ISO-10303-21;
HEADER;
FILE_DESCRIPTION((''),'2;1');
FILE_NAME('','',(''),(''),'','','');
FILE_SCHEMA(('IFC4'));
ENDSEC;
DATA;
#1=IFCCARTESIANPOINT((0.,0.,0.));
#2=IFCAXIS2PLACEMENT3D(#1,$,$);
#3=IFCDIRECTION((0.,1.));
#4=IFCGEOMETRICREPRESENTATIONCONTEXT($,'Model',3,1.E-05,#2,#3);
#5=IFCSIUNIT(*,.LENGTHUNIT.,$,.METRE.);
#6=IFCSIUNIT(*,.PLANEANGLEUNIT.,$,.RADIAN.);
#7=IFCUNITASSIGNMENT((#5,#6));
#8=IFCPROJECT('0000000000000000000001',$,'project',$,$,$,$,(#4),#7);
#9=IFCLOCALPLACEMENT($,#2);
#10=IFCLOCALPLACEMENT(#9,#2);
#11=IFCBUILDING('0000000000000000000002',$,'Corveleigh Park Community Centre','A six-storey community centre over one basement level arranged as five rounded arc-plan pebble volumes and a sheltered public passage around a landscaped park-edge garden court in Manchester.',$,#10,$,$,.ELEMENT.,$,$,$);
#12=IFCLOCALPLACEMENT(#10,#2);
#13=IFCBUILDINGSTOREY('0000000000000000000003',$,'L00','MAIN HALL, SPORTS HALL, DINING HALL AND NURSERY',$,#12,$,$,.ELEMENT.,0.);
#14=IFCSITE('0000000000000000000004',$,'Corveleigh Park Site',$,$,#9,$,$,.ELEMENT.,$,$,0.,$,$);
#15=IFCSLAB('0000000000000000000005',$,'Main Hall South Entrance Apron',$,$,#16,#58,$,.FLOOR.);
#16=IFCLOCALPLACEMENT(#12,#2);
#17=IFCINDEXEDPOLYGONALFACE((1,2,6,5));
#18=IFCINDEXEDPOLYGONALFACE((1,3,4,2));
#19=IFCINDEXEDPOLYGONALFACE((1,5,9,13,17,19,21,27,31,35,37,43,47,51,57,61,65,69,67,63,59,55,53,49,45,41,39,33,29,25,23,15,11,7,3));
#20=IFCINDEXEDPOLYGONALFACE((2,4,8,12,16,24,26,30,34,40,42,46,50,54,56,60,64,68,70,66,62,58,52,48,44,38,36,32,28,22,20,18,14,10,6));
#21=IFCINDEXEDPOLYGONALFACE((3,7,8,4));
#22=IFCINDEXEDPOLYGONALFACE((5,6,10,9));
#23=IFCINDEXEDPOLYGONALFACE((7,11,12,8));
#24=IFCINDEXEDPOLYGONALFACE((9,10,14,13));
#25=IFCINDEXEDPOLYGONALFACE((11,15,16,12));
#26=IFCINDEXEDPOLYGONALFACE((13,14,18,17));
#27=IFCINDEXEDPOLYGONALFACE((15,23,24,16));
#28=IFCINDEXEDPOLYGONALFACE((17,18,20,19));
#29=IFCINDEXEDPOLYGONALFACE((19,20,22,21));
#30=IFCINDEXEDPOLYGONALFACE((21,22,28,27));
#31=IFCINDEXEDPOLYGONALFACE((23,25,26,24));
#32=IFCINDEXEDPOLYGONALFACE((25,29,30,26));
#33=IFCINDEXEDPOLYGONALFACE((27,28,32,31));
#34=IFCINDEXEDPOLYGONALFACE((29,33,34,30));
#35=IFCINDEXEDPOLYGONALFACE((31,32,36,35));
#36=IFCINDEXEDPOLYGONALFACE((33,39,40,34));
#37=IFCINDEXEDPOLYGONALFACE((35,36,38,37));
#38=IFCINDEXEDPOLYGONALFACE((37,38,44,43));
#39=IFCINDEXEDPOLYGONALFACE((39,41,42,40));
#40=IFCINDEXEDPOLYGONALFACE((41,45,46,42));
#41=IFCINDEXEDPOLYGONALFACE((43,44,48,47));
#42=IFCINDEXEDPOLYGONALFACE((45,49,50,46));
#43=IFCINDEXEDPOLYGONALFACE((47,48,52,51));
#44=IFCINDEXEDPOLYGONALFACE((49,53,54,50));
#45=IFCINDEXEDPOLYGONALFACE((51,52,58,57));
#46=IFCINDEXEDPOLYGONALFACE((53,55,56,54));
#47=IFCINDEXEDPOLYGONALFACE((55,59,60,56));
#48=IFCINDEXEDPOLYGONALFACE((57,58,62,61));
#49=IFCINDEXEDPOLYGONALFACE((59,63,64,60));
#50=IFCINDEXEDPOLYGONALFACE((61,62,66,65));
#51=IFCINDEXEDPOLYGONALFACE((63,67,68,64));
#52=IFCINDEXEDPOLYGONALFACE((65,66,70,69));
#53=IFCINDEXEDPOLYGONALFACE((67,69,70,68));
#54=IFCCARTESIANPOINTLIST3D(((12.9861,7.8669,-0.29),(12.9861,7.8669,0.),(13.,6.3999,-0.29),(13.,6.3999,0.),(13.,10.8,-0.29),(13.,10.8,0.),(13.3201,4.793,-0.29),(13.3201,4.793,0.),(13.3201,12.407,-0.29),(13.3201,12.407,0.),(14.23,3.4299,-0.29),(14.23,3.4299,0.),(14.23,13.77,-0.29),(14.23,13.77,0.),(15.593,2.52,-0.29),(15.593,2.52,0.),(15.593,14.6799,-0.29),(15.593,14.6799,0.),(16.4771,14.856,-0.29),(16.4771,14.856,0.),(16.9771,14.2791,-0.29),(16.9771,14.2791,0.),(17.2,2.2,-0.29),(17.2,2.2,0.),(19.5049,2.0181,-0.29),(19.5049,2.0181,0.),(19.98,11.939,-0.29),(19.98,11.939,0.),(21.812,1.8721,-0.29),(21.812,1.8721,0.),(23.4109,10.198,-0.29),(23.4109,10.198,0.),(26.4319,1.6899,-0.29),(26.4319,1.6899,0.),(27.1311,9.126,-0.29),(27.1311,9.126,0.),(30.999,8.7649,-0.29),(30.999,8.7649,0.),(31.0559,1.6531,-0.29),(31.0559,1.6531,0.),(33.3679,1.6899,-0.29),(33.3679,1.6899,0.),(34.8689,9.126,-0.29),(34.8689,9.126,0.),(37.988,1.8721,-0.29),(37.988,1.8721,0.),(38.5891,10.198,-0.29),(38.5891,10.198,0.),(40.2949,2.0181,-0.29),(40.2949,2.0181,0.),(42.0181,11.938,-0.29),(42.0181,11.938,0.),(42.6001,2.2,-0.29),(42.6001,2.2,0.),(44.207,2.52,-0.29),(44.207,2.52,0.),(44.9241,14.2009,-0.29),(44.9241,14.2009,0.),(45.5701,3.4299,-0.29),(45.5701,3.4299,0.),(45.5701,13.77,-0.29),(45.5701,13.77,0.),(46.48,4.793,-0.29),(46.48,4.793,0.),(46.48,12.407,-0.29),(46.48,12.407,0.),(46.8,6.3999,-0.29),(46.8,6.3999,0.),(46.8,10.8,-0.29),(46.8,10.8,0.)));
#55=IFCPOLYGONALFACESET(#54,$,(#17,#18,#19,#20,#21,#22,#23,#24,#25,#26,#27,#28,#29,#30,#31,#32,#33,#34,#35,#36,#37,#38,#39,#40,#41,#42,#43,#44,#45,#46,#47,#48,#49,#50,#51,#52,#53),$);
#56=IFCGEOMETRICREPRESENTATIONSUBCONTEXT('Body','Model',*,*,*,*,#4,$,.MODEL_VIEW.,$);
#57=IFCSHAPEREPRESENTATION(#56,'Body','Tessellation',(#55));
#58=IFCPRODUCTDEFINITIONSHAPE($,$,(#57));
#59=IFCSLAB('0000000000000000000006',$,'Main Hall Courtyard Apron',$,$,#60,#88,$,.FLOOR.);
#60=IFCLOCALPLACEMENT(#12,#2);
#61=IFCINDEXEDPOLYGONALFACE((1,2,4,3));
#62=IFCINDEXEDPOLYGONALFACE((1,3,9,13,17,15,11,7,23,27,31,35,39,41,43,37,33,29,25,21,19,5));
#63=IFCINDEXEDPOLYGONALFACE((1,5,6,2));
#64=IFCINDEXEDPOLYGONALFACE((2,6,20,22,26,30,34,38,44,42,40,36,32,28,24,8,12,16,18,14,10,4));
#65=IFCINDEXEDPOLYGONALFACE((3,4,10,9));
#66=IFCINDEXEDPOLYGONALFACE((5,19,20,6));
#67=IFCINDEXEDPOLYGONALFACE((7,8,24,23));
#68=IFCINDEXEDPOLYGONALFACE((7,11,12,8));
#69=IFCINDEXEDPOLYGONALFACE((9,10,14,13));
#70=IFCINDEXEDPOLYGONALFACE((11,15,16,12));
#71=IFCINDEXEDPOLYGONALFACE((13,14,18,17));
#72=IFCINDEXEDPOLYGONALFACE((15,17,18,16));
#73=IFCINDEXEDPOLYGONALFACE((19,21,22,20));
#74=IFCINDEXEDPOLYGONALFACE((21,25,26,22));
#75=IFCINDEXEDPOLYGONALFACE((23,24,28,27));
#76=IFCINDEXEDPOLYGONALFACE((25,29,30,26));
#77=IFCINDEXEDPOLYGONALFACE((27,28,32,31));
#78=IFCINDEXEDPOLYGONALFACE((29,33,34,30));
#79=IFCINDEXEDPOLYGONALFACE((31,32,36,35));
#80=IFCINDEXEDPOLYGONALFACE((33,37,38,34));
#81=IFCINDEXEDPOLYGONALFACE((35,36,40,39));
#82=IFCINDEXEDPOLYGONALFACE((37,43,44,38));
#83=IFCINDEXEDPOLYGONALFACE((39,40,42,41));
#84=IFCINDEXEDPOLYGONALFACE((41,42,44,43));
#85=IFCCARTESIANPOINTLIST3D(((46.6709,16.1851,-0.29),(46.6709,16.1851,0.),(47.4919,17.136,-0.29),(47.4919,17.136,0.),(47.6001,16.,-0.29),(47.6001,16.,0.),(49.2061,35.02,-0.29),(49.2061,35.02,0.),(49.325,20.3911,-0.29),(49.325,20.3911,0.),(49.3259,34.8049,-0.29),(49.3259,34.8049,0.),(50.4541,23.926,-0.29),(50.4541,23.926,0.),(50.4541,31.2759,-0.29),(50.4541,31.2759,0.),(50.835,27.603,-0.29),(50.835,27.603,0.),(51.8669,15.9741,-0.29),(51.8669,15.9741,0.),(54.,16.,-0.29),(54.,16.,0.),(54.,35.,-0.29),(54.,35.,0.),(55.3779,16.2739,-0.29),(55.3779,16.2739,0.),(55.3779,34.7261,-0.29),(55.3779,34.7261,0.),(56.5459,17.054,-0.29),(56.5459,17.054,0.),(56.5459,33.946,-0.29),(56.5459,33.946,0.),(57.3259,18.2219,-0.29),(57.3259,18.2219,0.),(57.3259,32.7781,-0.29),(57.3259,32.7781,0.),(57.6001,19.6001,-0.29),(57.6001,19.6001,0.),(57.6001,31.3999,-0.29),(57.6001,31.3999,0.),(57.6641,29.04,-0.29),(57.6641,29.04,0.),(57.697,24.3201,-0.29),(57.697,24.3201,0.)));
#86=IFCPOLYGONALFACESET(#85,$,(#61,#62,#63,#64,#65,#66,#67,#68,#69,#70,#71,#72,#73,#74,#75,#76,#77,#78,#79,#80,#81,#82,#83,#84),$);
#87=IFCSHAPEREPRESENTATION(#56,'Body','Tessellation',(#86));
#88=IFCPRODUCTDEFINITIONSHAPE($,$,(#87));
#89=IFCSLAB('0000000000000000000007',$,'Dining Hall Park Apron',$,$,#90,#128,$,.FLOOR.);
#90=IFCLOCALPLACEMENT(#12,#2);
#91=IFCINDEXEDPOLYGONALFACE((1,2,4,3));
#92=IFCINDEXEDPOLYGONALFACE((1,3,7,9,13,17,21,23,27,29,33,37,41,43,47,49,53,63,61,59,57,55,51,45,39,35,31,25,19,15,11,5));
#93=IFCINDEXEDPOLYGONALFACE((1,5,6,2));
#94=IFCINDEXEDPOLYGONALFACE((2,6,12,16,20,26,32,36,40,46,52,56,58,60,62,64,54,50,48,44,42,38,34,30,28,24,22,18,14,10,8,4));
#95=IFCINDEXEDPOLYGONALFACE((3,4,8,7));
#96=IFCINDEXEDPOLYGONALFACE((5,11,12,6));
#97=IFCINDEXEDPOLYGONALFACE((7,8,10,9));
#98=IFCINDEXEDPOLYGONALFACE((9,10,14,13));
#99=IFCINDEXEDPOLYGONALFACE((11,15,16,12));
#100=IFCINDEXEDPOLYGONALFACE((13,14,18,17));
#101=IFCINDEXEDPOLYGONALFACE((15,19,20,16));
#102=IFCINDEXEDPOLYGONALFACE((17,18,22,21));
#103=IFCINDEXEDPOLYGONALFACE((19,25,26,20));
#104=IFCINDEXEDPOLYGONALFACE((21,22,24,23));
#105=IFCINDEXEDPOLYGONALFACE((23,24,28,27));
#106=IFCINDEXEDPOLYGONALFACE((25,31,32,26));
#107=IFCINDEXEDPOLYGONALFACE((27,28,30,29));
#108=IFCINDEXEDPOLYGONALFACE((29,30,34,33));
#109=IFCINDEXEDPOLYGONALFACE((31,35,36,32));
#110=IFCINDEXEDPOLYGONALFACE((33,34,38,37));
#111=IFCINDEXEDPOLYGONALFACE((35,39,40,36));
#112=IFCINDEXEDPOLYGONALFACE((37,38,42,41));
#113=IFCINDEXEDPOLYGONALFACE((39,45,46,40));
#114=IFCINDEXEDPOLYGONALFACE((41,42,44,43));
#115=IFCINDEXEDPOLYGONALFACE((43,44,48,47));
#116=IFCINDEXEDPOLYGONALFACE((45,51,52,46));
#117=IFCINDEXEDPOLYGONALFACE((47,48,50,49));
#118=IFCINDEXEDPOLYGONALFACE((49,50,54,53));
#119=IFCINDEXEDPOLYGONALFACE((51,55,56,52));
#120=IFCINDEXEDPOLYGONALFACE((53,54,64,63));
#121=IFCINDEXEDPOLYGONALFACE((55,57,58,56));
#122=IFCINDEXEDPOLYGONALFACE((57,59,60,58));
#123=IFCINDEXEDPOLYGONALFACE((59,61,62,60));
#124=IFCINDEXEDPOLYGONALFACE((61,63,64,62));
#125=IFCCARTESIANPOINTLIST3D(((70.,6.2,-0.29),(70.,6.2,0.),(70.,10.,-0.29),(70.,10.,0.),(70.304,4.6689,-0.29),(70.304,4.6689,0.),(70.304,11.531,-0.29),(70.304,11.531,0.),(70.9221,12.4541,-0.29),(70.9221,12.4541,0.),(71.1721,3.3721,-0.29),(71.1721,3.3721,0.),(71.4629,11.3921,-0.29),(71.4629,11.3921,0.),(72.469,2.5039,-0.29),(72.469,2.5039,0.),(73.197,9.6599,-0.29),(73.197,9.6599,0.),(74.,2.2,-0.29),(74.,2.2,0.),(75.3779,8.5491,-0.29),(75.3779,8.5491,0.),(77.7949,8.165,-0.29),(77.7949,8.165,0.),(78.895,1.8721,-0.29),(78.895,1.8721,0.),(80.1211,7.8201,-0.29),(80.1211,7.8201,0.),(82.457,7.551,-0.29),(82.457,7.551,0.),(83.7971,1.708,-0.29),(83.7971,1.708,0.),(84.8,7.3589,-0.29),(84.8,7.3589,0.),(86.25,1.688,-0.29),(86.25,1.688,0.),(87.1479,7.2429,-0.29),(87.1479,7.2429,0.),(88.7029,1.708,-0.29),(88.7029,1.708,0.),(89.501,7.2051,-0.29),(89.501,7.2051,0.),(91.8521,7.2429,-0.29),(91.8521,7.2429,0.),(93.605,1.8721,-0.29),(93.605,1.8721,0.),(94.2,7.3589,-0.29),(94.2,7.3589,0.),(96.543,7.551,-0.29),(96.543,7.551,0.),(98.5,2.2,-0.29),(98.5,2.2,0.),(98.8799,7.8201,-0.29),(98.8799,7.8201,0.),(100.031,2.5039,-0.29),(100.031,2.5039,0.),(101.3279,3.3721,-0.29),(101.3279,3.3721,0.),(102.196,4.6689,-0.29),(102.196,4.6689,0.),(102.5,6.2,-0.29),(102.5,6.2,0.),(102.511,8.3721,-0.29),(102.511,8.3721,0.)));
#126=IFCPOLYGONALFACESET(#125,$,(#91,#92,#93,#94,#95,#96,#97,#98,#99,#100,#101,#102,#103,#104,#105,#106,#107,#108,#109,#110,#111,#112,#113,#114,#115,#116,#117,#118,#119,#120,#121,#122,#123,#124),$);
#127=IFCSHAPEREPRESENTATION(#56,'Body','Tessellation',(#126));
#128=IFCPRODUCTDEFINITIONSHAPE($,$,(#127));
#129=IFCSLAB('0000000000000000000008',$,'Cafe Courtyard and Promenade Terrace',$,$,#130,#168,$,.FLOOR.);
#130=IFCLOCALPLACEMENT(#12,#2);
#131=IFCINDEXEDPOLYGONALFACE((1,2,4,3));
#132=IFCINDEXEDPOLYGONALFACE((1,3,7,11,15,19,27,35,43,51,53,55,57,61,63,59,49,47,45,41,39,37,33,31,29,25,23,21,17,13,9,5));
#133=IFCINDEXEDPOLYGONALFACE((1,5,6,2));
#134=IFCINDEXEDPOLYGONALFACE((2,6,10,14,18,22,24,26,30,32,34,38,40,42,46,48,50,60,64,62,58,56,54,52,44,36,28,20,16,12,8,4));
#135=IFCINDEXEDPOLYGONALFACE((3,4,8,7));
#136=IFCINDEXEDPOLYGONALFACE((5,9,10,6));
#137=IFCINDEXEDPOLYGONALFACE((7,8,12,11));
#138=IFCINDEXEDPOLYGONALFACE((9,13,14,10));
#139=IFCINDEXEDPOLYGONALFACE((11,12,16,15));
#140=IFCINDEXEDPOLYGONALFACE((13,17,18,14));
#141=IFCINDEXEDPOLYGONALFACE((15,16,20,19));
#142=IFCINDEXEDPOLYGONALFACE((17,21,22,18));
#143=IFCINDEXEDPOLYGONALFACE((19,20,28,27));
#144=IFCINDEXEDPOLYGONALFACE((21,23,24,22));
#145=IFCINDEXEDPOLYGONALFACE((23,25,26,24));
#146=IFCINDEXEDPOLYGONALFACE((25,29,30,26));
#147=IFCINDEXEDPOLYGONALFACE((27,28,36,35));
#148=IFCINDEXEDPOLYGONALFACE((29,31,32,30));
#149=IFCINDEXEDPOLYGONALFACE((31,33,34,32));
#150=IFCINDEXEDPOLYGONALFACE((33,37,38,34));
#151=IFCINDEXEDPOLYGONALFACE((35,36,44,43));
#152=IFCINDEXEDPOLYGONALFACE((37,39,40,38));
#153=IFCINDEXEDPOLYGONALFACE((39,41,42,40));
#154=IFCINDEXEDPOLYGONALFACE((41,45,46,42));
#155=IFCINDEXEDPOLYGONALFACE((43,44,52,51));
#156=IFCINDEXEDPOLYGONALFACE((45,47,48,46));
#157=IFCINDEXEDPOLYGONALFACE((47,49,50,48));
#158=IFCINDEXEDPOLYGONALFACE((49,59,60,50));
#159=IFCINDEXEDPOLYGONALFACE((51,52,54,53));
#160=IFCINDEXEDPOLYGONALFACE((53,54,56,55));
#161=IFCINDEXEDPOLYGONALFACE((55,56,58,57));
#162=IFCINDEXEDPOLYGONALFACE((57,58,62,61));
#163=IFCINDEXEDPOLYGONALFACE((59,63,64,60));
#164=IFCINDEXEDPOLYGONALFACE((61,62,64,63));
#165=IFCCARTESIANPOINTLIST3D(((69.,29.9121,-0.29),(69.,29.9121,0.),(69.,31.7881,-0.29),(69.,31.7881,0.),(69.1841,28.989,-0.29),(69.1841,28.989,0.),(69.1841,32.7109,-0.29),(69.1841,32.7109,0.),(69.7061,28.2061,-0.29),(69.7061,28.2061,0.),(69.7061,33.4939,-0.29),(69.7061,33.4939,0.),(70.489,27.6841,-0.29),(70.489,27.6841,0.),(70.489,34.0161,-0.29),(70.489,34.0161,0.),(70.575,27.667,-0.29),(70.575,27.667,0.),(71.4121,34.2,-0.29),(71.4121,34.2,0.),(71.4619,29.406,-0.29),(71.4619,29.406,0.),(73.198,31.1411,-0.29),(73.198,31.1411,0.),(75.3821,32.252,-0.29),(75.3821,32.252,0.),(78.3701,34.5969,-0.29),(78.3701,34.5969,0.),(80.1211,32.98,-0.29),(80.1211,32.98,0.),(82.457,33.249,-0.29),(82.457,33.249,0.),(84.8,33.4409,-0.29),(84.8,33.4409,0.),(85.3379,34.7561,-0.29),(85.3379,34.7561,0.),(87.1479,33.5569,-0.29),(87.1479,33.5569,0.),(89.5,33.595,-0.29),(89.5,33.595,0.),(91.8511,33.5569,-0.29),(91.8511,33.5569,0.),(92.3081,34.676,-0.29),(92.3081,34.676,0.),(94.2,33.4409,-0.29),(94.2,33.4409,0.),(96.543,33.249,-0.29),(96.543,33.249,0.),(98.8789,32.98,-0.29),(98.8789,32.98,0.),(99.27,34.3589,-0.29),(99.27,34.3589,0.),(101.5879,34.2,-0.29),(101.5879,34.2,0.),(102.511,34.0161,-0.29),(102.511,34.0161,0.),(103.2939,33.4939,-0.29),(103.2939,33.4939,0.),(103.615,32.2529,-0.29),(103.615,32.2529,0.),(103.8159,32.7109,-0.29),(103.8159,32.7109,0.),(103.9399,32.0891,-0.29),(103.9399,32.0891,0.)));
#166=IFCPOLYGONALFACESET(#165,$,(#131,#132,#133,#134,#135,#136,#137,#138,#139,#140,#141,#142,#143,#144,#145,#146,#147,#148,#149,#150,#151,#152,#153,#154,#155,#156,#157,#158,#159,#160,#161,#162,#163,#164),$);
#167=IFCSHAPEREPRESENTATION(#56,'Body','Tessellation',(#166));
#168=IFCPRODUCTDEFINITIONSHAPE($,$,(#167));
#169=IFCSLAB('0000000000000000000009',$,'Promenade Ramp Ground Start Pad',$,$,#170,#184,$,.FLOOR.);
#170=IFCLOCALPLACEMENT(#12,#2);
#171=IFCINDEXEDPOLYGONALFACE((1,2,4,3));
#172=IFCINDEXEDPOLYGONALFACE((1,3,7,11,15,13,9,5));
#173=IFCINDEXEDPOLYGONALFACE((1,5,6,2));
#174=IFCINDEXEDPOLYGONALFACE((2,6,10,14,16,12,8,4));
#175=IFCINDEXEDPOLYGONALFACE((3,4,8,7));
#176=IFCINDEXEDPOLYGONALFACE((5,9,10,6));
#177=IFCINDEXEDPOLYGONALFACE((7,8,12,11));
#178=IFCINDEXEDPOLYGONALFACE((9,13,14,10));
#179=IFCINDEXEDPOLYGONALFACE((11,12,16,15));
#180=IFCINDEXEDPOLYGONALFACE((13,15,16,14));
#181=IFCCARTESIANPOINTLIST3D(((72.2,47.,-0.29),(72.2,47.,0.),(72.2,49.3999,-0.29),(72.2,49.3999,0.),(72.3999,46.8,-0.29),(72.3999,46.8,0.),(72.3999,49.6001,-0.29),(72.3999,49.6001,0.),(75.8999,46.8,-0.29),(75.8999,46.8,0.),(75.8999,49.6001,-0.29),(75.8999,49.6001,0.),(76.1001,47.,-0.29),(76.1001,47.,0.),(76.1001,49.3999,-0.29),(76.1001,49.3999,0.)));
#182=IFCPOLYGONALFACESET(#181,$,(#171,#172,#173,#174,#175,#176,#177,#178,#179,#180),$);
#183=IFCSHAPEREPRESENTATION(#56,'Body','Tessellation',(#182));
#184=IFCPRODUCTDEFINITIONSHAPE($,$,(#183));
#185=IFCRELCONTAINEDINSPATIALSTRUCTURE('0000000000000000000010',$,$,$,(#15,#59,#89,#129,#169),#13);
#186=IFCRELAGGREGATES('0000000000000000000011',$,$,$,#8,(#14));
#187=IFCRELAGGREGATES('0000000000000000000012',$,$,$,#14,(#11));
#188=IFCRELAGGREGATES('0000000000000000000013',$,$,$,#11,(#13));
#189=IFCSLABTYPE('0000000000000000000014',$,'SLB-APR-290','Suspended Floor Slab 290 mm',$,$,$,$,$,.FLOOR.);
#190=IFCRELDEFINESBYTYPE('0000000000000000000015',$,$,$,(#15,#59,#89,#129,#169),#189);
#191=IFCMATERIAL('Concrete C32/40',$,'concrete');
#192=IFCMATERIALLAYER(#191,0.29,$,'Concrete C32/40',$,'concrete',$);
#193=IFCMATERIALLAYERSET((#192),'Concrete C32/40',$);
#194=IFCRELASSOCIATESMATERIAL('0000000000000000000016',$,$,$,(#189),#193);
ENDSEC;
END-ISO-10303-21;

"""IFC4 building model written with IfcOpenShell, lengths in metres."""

from ifc_helpers import new_model, si_unit, direction, frame, origin, place, context, subcontext, project, spatial, polyline, outline, extrude, material, layer, layer_set, type_object, element, save


model = new_model("IFC4")

# Units and contexts
model_context = context("Model", 3, precision=1e-05, world=origin(), true_north=direction((0.0, 1.0)))
body_context = subcontext(model_context, "Body", "Model", "MODEL_VIEW")
ifc_project = project(units=[si_unit("LENGTHUNIT", "METRE"), si_unit("PLANEANGLEUNIT", "RADIAN")], contexts=[model_context])

# Site, building, storey
site_placement = place(None, origin())
site = spatial("IfcSite", under=ifc_project, at=site_placement, Name="Corveleigh Park Site", CompositionType="ELEMENT", RefElevation=0.0)
building_placement = place(site_placement, origin())
building = spatial("IfcBuilding", under=site, at=building_placement, Name="Corveleigh Park Community Centre", Description="A six-storey community centre over one basement level arranged as five rounded arc-plan pebble volumes and a sheltered public passage around a landscaped park-edge garden court in Manchester.", CompositionType="ELEMENT")
storey_placement = place(building_placement, origin())
storey = spatial("IfcBuildingStorey", under=building, at=storey_placement, Name="L00", Description="MAIN HALL, SPORTS HALL, DINING HALL AND NURSERY", CompositionType="ELEMENT", Elevation=0.0)

# Slabs
ifc_material_1 = material(Name="Concrete C32/40", Category="concrete")
ifc_layer_1 = layer(ifc_material_1, 0.29, Name="Concrete C32/40", Category="concrete")
ifc_layer_set_1 = layer_set([ifc_layer_1], Name="Concrete C32/40")
slab_type_1 = type_object("IfcSlabType", Name="SLB-APR-290", Description="Suspended Floor Slab 290 mm", PredefinedType="FLOOR", material=ifc_layer_set_1)
slab_1_placement = place(storey_placement, frame((0.0, 0.0, -0.29)))
element("IfcSlab", 1, at=slab_1_placement, inside=storey, type_object=slab_type_1, Name="Main Hall South Entrance Apron", PredefinedType="FLOOR", context=body_context, shape_type="SweptSolid", body=[
    extrude(outline(polyline([(45.5701, 13.77), (46.48, 12.407), (46.8, 10.8), (46.8, 6.3999), (46.48, 4.793), (45.5701, 3.4299), (44.207, 2.52), (42.6001, 2.2), (40.2949, 2.0181), (37.988, 1.8721), (33.3679, 1.6899), (31.0559, 1.6531), (26.4319, 1.6899), (21.812, 1.8721), (19.5049, 2.0181), (17.2, 2.2), (15.593, 2.52), (14.23, 3.4299), (13.3201, 4.793), (13.0, 6.3999), (12.9861, 7.8669), (13.0, 10.8), (13.3201, 12.407), (14.23, 13.77), (15.593, 14.6799), (16.4771, 14.856), (16.9771, 14.2791), (19.98, 11.939), (23.4109, 10.198), (27.1311, 9.126), (30.999, 8.7649), (34.8689, 9.126), (38.5891, 10.198), (42.0181, 11.938), (44.9241, 14.2009), (45.5701, 13.77)])), origin(), (0.0, 0.0, 1.0), 0.29),
])
slab_2_placement = place(storey_placement, frame((0.0, 0.0, -0.29)))
element("IfcSlab", 2, at=slab_2_placement, inside=storey, type_object=slab_type_1, Name="Main Hall Courtyard Apron", PredefinedType="FLOOR", context=body_context, shape_type="SweptSolid", body=[
    extrude(outline(polyline([(49.2061, 35.02), (54.0, 35.0), (55.3779, 34.7261), (56.5459, 33.946), (57.3259, 32.7781), (57.6001, 31.3999), (57.6641, 29.04), (57.697, 24.3201), (57.6001, 19.6001), (57.3259, 18.2219), (56.5459, 17.054), (55.3779, 16.2739), (54.0, 16.0), (51.8669, 15.9741), (47.6001, 16.0), (46.6709, 16.1851), (47.4919, 17.136), (49.325, 20.3911), (50.4541, 23.926), (50.835, 27.603), (50.4541, 31.2759), (49.3259, 34.8049), (49.2061, 35.02)])), origin(), (0.0, 0.0, 1.0), 0.29),
])
slab_3_placement = place(storey_placement, frame((0.0, 0.0, -0.29)))
element("IfcSlab", 3, at=slab_3_placement, inside=storey, type_object=slab_type_1, Name="Dining Hall Park Apron", PredefinedType="FLOOR", context=body_context, shape_type="SweptSolid", body=[
    extrude(outline(polyline([(102.511, 8.3721), (102.5, 6.2), (102.196, 4.6689), (101.3279, 3.3721), (100.031, 2.5039), (98.5, 2.2), (93.605, 1.8721), (88.7029, 1.708), (86.25, 1.688), (83.7971, 1.708), (78.895, 1.8721), (74.0, 2.2), (72.469, 2.5039), (71.1721, 3.3721), (70.304, 4.6689), (70.0, 6.2), (70.0, 10.0), (70.304, 11.531), (70.9221, 12.4541), (71.4629, 11.3921), (73.197, 9.6599), (75.3779, 8.5491), (77.7949, 8.165), (80.1211, 7.8201), (82.457, 7.551), (84.8, 7.3589), (87.1479, 7.2429), (89.501, 7.2051), (91.8521, 7.2429), (94.2, 7.3589), (96.543, 7.551), (98.8799, 7.8201), (102.511, 8.3721)])), origin(), (0.0, 0.0, 1.0), 0.29),
])
slab_4_placement = place(storey_placement, frame((0.0, 0.0, -0.29)))
element("IfcSlab", 4, at=slab_4_placement, inside=storey, type_object=slab_type_1, Name="Cafe Courtyard and Promenade Terrace", PredefinedType="FLOOR", context=body_context, shape_type="SweptSolid", body=[
    extrude(outline(polyline([(70.489, 27.6841), (69.7061, 28.2061), (69.1841, 28.989), (69.0, 29.9121), (69.0, 31.7881), (69.1841, 32.7109), (69.7061, 33.4939), (70.489, 34.0161), (71.4121, 34.2), (78.3701, 34.5969), (85.3379, 34.7561), (92.3081, 34.676), (99.27, 34.3589), (101.5879, 34.2), (102.511, 34.0161), (103.2939, 33.4939), (103.8159, 32.7109), (103.9399, 32.0891), (103.615, 32.2529), (98.8789, 32.98), (96.543, 33.249), (94.2, 33.4409), (91.8511, 33.5569), (89.5, 33.595), (87.1479, 33.5569), (84.8, 33.4409), (82.457, 33.249), (80.1211, 32.98), (75.3821, 32.252), (73.198, 31.1411), (71.4619, 29.406), (70.575, 27.667), (70.489, 27.6841)])), origin(), (0.0, 0.0, 1.0), 0.29),
])
slab_5_placement = place(storey_placement, frame((0.0, 0.0, -0.29)))
element("IfcSlab", 5, at=slab_5_placement, inside=storey, type_object=slab_type_1, Name="Promenade Ramp Ground Start Pad", PredefinedType="FLOOR", context=body_context, shape_type="SweptSolid", body=[
    extrude(outline(polyline([(72.2, 47.0), (72.2, 49.3999), (72.3999, 49.6001), (75.8999, 49.6001), (76.1001, 49.3999), (76.1001, 47.0), (75.8999, 46.8), (72.3999, 46.8), (72.2, 47.0)])), origin(), (0.0, 0.0, 1.0), 0.29),
])

save(model, "model.ifc")
